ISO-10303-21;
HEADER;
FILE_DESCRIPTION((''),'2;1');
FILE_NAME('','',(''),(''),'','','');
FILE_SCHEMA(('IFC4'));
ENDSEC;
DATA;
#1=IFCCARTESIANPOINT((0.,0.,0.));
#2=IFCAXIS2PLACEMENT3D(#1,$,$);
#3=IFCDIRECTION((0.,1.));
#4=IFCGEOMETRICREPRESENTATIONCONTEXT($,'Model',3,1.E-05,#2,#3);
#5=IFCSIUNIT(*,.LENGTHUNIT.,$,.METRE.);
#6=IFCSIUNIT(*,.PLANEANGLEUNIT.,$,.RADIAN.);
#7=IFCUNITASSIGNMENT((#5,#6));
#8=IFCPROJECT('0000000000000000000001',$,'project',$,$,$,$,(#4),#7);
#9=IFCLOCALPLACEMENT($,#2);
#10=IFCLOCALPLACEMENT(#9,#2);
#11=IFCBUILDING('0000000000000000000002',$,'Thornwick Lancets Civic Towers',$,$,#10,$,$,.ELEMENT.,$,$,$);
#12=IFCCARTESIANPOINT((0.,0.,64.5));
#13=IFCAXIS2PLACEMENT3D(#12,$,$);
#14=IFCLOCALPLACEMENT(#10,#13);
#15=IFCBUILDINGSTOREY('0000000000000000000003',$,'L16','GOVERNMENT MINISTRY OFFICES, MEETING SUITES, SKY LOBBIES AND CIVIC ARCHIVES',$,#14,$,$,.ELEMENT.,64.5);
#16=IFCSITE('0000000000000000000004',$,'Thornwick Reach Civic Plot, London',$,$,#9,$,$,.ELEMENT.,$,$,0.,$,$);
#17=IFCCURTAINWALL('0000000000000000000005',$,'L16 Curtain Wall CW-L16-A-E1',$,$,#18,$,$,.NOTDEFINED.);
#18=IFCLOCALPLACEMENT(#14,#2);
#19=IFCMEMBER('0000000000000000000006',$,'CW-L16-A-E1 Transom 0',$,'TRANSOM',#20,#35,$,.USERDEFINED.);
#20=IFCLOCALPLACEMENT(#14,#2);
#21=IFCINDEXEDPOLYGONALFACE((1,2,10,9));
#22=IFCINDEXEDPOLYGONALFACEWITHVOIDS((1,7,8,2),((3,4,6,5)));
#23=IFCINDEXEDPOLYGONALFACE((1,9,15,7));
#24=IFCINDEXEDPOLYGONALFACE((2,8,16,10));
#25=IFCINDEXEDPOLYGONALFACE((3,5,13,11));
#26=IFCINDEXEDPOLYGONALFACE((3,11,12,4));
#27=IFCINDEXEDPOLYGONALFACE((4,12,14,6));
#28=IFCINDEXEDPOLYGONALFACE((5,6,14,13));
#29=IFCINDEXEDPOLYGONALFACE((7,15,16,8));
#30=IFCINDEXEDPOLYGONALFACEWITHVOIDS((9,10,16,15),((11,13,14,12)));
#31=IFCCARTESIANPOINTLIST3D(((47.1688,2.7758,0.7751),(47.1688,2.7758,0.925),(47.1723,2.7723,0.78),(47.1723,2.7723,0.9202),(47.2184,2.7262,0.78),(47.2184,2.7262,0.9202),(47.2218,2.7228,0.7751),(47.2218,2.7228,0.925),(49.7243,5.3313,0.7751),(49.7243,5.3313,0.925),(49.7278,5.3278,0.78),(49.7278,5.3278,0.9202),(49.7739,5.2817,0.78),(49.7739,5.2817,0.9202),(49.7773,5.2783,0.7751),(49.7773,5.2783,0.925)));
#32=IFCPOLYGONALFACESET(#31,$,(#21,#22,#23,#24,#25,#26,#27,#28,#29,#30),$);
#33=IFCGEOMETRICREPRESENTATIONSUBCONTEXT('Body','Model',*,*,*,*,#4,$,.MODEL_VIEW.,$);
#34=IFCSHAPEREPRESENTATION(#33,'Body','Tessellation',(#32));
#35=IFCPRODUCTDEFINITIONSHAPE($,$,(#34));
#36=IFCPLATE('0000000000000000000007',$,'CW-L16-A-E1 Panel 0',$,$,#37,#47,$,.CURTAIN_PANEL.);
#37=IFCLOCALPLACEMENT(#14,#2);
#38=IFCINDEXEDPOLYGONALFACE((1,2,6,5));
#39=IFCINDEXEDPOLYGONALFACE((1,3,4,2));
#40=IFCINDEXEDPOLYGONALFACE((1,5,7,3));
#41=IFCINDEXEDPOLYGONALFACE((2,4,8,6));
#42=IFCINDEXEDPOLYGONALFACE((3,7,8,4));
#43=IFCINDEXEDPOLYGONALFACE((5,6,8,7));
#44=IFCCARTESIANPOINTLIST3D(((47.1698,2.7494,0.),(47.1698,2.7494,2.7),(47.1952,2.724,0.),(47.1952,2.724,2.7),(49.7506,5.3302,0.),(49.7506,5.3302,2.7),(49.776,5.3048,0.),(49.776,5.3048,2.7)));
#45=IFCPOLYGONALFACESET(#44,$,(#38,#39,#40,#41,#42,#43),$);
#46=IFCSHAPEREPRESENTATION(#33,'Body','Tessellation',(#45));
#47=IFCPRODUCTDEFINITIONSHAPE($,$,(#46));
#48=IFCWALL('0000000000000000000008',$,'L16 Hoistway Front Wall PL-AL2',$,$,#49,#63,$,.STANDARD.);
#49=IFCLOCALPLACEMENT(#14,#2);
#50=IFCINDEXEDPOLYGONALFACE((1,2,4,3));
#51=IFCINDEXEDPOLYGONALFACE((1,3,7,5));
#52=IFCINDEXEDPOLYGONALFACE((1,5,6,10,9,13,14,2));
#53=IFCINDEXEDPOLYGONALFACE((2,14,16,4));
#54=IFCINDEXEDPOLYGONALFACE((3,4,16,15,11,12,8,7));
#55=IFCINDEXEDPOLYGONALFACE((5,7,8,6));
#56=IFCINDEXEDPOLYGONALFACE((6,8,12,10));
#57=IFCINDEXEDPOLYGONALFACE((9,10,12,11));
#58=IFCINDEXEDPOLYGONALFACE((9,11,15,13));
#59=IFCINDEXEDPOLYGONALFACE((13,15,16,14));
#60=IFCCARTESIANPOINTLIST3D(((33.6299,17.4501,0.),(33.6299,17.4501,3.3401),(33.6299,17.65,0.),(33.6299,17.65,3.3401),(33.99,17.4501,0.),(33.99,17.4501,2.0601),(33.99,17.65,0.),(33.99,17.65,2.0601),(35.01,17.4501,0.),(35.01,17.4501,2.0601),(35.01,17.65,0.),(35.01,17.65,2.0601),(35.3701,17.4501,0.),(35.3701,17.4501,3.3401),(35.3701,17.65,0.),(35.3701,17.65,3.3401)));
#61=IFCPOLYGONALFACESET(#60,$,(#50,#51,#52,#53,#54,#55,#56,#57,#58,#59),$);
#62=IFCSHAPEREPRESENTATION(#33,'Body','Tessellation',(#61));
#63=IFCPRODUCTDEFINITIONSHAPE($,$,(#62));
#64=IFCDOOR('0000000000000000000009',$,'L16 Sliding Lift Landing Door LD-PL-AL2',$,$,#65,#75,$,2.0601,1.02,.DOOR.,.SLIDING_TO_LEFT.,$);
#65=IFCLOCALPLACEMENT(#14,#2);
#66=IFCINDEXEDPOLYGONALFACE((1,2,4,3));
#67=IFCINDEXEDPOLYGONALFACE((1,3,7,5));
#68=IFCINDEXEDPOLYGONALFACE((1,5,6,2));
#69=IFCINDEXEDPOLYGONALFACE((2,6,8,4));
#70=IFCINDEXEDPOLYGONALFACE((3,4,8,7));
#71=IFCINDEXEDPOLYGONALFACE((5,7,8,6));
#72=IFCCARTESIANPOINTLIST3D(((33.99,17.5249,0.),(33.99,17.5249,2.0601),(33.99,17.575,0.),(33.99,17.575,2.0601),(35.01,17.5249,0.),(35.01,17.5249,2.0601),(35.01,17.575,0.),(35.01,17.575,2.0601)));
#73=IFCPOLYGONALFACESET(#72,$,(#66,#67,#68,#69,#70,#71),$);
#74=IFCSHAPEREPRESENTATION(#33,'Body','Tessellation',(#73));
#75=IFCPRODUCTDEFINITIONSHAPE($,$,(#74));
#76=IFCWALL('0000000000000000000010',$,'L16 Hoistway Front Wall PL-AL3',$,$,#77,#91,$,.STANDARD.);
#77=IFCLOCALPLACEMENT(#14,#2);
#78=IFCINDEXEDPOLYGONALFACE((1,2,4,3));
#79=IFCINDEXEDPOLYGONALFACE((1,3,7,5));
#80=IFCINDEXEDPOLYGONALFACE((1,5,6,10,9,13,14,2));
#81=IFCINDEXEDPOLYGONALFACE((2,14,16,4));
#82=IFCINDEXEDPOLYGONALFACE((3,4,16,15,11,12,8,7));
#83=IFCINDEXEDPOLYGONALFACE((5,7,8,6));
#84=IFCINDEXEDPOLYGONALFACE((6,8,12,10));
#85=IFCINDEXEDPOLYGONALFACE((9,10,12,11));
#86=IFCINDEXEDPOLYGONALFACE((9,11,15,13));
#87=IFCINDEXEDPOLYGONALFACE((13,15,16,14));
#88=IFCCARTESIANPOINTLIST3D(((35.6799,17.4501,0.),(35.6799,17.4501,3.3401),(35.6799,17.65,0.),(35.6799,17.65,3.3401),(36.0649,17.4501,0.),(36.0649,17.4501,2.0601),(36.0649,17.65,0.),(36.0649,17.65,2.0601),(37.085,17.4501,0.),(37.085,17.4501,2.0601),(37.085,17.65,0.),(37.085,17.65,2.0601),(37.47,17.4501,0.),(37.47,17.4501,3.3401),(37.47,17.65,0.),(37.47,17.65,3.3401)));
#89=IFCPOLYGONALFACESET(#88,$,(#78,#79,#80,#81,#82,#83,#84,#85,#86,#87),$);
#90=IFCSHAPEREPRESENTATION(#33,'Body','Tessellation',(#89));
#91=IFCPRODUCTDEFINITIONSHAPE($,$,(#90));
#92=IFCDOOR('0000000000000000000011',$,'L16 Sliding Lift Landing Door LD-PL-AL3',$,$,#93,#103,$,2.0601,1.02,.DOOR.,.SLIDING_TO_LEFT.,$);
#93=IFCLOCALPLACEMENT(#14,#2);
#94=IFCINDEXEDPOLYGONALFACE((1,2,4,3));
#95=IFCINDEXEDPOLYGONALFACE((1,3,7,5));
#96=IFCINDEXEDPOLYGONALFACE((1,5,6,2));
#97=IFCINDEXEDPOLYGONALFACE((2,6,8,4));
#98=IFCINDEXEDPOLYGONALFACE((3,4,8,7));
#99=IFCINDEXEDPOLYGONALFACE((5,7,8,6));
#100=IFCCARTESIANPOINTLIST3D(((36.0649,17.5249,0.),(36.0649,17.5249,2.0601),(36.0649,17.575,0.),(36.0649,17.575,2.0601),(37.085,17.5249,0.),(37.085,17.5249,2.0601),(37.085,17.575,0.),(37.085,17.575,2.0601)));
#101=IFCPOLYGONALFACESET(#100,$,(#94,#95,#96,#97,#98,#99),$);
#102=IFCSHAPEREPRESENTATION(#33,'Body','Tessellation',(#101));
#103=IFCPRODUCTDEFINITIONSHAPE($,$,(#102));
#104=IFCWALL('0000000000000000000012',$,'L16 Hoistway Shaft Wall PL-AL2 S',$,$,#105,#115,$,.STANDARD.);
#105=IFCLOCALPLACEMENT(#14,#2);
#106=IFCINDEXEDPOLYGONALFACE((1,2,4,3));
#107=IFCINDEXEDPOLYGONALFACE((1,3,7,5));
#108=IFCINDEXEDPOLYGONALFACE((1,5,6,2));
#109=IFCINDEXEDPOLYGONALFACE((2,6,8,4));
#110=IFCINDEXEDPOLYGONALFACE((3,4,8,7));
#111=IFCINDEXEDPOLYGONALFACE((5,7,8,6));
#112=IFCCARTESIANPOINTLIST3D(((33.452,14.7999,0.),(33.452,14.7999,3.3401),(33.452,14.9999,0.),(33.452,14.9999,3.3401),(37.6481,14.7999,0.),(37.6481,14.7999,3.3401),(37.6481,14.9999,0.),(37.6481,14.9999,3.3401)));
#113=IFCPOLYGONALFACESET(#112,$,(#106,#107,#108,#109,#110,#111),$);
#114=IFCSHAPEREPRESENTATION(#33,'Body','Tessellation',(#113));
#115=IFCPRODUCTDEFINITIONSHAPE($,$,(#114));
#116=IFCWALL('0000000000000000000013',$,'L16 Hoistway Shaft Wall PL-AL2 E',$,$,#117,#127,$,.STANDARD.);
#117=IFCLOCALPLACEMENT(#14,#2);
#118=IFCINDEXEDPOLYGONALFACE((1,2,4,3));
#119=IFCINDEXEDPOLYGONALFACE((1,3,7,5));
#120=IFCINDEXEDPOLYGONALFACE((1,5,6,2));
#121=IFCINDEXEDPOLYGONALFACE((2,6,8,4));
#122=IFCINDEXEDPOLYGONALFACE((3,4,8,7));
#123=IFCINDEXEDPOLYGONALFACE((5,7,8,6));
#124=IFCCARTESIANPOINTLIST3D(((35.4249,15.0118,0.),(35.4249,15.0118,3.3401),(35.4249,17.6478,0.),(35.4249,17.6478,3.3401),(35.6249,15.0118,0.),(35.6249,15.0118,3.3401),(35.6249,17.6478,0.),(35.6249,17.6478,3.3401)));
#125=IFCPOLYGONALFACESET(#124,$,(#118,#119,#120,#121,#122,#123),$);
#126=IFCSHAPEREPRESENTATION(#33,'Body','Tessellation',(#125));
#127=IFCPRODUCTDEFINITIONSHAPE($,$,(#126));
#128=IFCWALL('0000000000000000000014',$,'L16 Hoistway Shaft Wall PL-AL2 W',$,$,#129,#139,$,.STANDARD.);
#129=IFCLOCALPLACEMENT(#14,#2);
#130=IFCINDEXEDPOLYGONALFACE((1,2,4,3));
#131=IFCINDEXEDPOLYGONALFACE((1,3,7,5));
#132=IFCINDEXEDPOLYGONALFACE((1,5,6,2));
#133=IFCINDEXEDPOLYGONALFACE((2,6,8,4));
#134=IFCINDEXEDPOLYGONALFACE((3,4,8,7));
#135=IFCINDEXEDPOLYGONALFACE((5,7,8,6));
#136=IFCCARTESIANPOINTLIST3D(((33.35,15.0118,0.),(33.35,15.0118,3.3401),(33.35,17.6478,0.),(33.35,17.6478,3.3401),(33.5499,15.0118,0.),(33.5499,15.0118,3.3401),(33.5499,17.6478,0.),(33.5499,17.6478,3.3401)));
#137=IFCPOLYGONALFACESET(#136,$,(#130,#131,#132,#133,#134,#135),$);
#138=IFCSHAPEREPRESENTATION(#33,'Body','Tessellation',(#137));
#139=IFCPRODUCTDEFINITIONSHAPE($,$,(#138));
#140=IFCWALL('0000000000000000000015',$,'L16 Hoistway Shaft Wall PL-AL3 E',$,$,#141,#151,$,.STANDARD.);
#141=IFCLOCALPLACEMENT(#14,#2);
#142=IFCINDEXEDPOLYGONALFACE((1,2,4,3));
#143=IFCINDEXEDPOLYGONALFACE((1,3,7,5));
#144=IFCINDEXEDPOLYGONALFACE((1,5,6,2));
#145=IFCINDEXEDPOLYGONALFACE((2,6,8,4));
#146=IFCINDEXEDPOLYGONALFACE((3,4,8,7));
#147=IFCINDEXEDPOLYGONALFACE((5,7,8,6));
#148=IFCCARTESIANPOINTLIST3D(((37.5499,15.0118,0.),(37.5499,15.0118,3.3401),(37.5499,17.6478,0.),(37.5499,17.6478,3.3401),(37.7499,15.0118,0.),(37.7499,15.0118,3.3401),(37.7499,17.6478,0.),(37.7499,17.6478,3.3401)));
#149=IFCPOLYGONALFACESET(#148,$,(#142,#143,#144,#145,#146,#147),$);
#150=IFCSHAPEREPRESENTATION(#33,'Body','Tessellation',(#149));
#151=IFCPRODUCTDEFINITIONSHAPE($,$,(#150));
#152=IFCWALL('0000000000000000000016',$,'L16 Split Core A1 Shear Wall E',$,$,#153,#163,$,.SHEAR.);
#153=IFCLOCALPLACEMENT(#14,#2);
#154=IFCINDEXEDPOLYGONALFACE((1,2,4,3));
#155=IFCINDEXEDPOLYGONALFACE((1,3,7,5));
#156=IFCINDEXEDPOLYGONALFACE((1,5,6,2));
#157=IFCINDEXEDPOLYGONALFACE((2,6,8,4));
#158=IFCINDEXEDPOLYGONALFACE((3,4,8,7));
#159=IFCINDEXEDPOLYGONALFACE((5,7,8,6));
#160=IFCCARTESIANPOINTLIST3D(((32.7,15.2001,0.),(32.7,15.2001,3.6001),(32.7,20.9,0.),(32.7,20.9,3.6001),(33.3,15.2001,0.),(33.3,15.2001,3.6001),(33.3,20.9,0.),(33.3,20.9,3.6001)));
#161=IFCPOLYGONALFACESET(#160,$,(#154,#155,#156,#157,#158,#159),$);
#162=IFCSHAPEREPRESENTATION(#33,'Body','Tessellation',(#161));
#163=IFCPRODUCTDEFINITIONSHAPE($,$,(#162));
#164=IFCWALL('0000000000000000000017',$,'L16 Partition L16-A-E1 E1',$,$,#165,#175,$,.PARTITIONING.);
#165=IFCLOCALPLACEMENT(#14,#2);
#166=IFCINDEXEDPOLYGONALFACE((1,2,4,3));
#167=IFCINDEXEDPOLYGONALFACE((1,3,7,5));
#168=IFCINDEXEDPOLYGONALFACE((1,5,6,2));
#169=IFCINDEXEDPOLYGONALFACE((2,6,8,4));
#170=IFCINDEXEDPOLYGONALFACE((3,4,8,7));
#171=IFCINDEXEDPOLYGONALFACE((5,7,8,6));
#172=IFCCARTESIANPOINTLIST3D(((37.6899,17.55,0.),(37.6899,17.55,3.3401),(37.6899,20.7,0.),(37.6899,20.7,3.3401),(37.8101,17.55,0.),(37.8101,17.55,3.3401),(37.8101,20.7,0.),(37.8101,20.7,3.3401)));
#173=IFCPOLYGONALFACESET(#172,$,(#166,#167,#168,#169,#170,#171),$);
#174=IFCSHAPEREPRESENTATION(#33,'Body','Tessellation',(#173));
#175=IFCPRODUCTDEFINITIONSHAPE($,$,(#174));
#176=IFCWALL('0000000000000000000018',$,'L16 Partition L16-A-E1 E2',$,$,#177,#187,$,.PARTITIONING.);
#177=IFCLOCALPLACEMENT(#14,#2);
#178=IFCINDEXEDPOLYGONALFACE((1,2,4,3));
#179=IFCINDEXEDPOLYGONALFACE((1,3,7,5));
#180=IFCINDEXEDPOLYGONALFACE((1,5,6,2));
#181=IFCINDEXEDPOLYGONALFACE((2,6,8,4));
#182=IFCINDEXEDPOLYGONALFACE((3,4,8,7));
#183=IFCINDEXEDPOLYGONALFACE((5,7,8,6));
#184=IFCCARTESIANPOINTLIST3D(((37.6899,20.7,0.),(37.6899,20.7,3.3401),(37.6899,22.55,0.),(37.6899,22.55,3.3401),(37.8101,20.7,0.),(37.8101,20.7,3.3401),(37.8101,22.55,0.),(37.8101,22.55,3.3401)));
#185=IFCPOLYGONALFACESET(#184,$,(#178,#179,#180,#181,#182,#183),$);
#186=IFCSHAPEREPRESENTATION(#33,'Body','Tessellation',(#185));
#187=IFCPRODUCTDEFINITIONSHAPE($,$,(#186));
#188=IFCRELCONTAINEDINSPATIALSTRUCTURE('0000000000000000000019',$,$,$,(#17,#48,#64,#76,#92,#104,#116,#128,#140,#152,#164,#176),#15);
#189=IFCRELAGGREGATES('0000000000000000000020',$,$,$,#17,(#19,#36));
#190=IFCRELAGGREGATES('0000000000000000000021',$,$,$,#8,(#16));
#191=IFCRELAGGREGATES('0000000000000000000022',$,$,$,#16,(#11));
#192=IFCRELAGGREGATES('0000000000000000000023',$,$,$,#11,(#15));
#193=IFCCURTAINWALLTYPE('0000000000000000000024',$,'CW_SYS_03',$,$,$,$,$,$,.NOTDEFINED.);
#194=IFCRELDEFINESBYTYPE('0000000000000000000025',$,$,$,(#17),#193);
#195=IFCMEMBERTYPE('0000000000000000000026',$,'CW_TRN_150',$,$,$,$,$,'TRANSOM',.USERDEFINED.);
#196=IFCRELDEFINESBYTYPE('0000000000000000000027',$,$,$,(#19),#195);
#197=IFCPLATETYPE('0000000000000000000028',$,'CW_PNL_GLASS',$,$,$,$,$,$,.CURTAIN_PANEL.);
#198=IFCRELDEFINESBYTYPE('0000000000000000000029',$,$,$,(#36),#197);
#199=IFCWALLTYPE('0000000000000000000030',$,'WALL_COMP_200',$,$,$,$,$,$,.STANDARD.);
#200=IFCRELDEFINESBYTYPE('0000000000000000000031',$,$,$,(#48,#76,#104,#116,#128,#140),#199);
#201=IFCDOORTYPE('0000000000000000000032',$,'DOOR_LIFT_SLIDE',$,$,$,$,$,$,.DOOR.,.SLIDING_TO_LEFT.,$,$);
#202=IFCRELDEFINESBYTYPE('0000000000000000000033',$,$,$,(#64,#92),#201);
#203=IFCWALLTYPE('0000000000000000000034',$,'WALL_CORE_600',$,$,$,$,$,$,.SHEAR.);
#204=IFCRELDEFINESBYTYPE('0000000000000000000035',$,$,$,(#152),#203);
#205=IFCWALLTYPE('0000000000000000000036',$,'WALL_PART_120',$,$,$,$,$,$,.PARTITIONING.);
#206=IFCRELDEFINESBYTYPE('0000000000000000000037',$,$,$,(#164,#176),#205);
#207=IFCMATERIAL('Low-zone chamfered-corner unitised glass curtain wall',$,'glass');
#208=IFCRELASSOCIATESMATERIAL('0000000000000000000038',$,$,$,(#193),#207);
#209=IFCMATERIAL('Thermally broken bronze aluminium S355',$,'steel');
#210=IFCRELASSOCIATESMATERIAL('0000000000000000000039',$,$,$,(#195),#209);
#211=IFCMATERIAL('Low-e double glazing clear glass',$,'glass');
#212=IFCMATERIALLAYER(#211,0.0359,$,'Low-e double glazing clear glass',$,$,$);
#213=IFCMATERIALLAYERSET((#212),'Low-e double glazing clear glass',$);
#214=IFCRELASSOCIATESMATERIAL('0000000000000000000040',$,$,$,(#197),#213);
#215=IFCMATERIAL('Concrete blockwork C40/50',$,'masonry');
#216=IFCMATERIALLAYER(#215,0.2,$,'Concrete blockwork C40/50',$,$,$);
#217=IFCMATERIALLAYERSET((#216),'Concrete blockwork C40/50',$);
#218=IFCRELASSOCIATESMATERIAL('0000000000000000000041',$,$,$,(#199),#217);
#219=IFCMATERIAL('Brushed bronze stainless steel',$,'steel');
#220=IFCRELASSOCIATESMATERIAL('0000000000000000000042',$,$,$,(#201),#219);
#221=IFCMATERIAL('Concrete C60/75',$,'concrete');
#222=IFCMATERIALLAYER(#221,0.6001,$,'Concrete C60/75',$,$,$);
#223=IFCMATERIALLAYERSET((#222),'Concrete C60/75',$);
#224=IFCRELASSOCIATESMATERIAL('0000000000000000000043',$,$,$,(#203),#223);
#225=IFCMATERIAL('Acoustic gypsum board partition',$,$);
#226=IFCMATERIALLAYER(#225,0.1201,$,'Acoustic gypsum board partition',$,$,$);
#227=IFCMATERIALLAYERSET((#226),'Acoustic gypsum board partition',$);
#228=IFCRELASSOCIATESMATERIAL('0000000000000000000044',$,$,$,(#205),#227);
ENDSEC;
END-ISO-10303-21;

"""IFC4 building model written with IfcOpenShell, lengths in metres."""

from ifc_helpers import new_model, si_unit, direction, frame, frame_2d, origin, origin_2d, place, context, subcontext, project, spatial, rectangle, hollow_rectangle, extrude, material, layer, layer_set, material_profile, profile_set, type_object, element, fill, aggregate, save


model = new_model("IFC4")

# Units and contexts
model_context = context("Model", 3, precision=1e-05, world=origin(), true_north=direction((0.0, 1.0)))
body_context = subcontext(model_context, "Body", "Model", "MODEL_VIEW")
ifc_project = project(units=[si_unit("LENGTHUNIT", "METRE"), si_unit("PLANEANGLEUNIT", "RADIAN")], contexts=[model_context])

# Site, building, storey
site_placement = place(None, origin())
site = spatial("IfcSite", under=ifc_project, at=site_placement, Name="Thornwick Reach Civic Plot, London", CompositionType="ELEMENT", RefElevation=0.0)
building_placement = place(site_placement, origin())
building = spatial("IfcBuilding", under=site, at=building_placement, Name="Thornwick Lancets Civic Towers", CompositionType="ELEMENT")
storey_placement = place(building_placement, frame((0.0, 0.0, 64.5)))
storey = spatial("IfcBuildingStorey", under=building, at=storey_placement, Name="L16", Description="GOVERNMENT MINISTRY OFFICES, MEETING SUITES, SKY LOBBIES AND CIVIC ARCHIVES", CompositionType="ELEMENT", Elevation=64.5)

# Shared definitions
ifc_material_1 = material(Name="Concrete C60/75", Category="concrete")

# Curtain wall, member, plate
ifc_material_2 = material(Name="Low-zone chamfered-corner unitised glass curtain wall", Category="glass")
curtain_wall_type = type_object("IfcCurtainWallType", Name="CW_SYS_03", PredefinedType="NOTDEFINED", material=ifc_material_2)
curtain_wall_placement = place(storey_placement, origin())
curtain_wall = element("IfcCurtainWall", 1, at=curtain_wall_placement, inside=storey, type_object=curtain_wall_type, Name="L16 Curtain Wall CW-L16-A-E1", PredefinedType="NOTDEFINED")
ifc_material_3 = material(Name="Thermally broken bronze aluminium S355", Category="steel")
ifc_material_profile_1 = material_profile(ifc_material_3, hollow_rectangle(XDim=0.075, YDim=0.1499, WallThickness=0.0049, at=origin_2d()), Name="RHS 150x75x5")
ifc_profile_set_1 = profile_set([ifc_material_profile_1], Name="Thermally broken bronze aluminium S355")
member_type_1 = type_object("IfcMemberType", Name="CW_TRN_150", ElementType="TRANSOM", PredefinedType="USERDEFINED", material=ifc_profile_set_1)
member_1_placement = place(storey_placement, frame((47.1953, 2.7493, 0.8501), z_axis=(0.707107, 0.707107, 0.0), x_axis=(-0.707107, 0.707107, 0.0)))
member_1 = element("IfcMember", 2, at=member_1_placement, type_object=member_type_1, Name="CW-L16-A-E1 Transom 0", ObjectType="TRANSOM", PredefinedType="USERDEFINED", context=body_context, shape_type="SweptSolid", body=[
    extrude(hollow_rectangle(XDim=0.075, YDim=0.1499, WallThickness=0.0049, at=origin_2d()), origin(), (0.0, 0.0, 1.0), 3.614),
])
ifc_material_4 = material(Name="Low-e double glazing clear glass", Category="glass")
ifc_layer_1 = layer(ifc_material_4, 0.0359, Name="Low-e double glazing clear glass")
ifc_layer_set_1 = layer_set([ifc_layer_1], Name="Low-e double glazing clear glass")
plate_type = type_object("IfcPlateType", Name="CW_PNL_GLASS", PredefinedType="CURTAIN_PANEL", material=ifc_layer_set_1)
plate_placement = place(storey_placement, frame((48.4729, 4.0271, 0.0), z_axis=(0.0, 0.0, 1.0), x_axis=(0.707107, 0.707107, 0.0)))
plate = element("IfcPlate", 3, at=plate_placement, type_object=plate_type, Name="CW-L16-A-E1 Panel 0", PredefinedType="CURTAIN_PANEL", context=body_context, shape_type="SweptSolid", body=[
    extrude(rectangle(XDim=3.6499, YDim=0.0359, at=origin_2d()), origin(), (0.0, 0.0, 1.0), 2.7),
])
aggregate(curtain_wall, [member_1, plate])

# Walls, openings, doors
ifc_material_5 = material(Name="Concrete blockwork C40/50", Category="masonry")
ifc_layer_2 = layer(ifc_material_5, 0.2, Name="Concrete blockwork C40/50")
ifc_layer_set_2 = layer_set([ifc_layer_2], Name="Concrete blockwork C40/50")
wall_type_1 = type_object("IfcWallType", Name="WALL_COMP_200", PredefinedType="STANDARD", material=ifc_layer_set_2)
wall_1_placement = place(storey_placement, frame((33.6299, 17.55, 0.0), z_axis=(0.0, 0.0, 1.0), x_axis=(1.0, 0.0, 0.0)))
wall_1 = element("IfcWall", 4, at=wall_1_placement, inside=storey, type_object=wall_type_1, Name="L16 Hoistway Front Wall PL-AL2", PredefinedType="STANDARD", context=body_context, shape_type="SweptSolid", body=[
    extrude(rectangle(XDim=1.7402, YDim=0.2, at=frame_2d((0.8701, 0.0))), origin(), (0.0, 0.0, 1.0), 3.3401),
])
opening_1_placement = place(wall_1_placement, frame((0.3601, 0.0, 0.0)))
opening_1 = element("IfcOpeningElement", 5, at=opening_1_placement, cuts=wall_1, PredefinedType="OPENING", context=body_context, shape_type="SweptSolid", body=[
    extrude(rectangle(XDim=1.02, YDim=2.0601, at=frame_2d((0.51, 1.03))), frame((0.0, 0.1099, 0.0), z_axis=(0.0, -1.0, 0.0), x_axis=(1.0, 0.0, 0.0)), (0.0, 0.0, 1.0), 0.22),
])
ifc_material_6 = material(Name="Brushed bronze stainless steel", Category="steel")
door_type_1 = type_object("IfcDoorType", Name="DOOR_LIFT_SLIDE", OperationType="SLIDING_TO_LEFT", PredefinedType="DOOR", material=ifc_material_6)
door_1_placement = place(opening_1_placement, origin())
door_1 = element("IfcDoor", 6, at=door_1_placement, inside=storey, type_object=door_type_1, Name="L16 Sliding Lift Landing Door LD-PL-AL2", OperationType="SLIDING_TO_LEFT", OverallHeight=2.0601, OverallWidth=1.02, PredefinedType="DOOR", context=body_context, shape_type="SweptSolid", body=[
    extrude(rectangle(XDim=1.02, YDim=2.0601, at=frame_2d((0.51, 1.03))), frame((0.0, 0.0249, 0.0), z_axis=(0.0, -1.0, 0.0), x_axis=(1.0, 0.0, 0.0)), (0.0, 0.0, 1.0), 0.05),
])
fill(opening_1, door_1)
wall_2_placement = place(storey_placement, frame((35.6799, 17.55, 0.0), z_axis=(0.0, 0.0, 1.0), x_axis=(1.0, 0.0, 0.0)))
wall_2 = element("IfcWall", 7, at=wall_2_placement, inside=storey, type_object=wall_type_1, Name="L16 Hoistway Front Wall PL-AL3", PredefinedType="STANDARD", context=body_context, shape_type="SweptSolid", body=[
    extrude(rectangle(XDim=1.79, YDim=0.2, at=frame_2d((0.895, 0.0))), origin(), (0.0, 0.0, 1.0), 3.3401),
])
opening_2_placement = place(wall_2_placement, frame((0.385, 0.0, 0.0)))
opening_2 = element("IfcOpeningElement", 8, at=opening_2_placement, cuts=wall_2, PredefinedType="OPENING", context=body_context, shape_type="SweptSolid", body=[
    extrude(rectangle(XDim=1.02, YDim=2.0601, at=frame_2d((0.51, 1.03))), frame((0.0, 0.1099, 0.0), z_axis=(0.0, -1.0, 0.0), x_axis=(1.0, 0.0, 0.0)), (0.0, 0.0, 1.0), 0.22),
])
door_2_placement = place(opening_2_placement, origin())
door_2 = element("IfcDoor", 9, at=door_2_placement, inside=storey, type_object=door_type_1, Name="L16 Sliding Lift Landing Door LD-PL-AL3", OperationType="SLIDING_TO_LEFT", OverallHeight=2.0601, OverallWidth=1.02, PredefinedType="DOOR", context=body_context, shape_type="SweptSolid", body=[
    extrude(rectangle(XDim=1.02, YDim=2.0601, at=frame_2d((0.51, 1.03))), frame((0.0, 0.0249, 0.0), z_axis=(0.0, -1.0, 0.0), x_axis=(1.0, 0.0, 0.0)), (0.0, 0.0, 1.0), 0.05),
])
fill(opening_2, door_2)

# Walls
wall_3_placement = place(storey_placement, frame((33.4519, 14.8999, 0.0), z_axis=(0.0, 0.0, 1.0), x_axis=(1.0, 0.0, 0.0)))
element("IfcWall", 10, at=wall_3_placement, inside=storey, type_object=wall_type_1, Name="L16 Hoistway Shaft Wall PL-AL2 S", PredefinedType="STANDARD", context=body_context, shape_type="SweptSolid", body=[
    extrude(rectangle(XDim=4.196, YDim=0.2, at=frame_2d((2.0981, 0.0))), origin(), (0.0, 0.0, 1.0), 3.3401),
])
for number, where, z_axis, x_axis, name in (
    (11, (35.5249, 15.012, 0.0), (0.0, 0.0, 1.0), (0.0, 1.0, 0.0), "L16 Hoistway Shaft Wall PL-AL2 E"),
    (12, (33.45, 15.012, 0.0), (0.0, 0.0, 1.0), (0.0, 1.0, 0.0), "L16 Hoistway Shaft Wall PL-AL2 W"),
    (13, (37.6499, 15.012, 0.0), (0.0, 0.0, 1.0), (0.0, 1.0, 0.0), "L16 Hoistway Shaft Wall PL-AL3 E"),
):
    element("IfcWall", number, at=place(storey_placement, frame(where, z_axis=z_axis, x_axis=x_axis)), inside=storey, type_object=wall_type_1, Name=name, PredefinedType="STANDARD", context=body_context, shape_type="SweptSolid", body=[
        extrude(rectangle(XDim=2.636, YDim=0.2, at=frame_2d((1.3179, 0.0))), origin(), (0.0, 0.0, 1.0), 3.3401),
    ])
ifc_layer_3 = layer(ifc_material_1, 0.6001, Name="Concrete C60/75")
ifc_layer_set_3 = layer_set([ifc_layer_3], Name="Concrete C60/75")
wall_type_2 = type_object("IfcWallType", Name="WALL_CORE_600", PredefinedType="SHEAR", material=ifc_layer_set_3)
wall_4_placement = place(storey_placement, frame((33.0, 15.2, 0.0), z_axis=(0.0, 0.0, 1.0), x_axis=(0.0, 1.0, 0.0)))
element("IfcWall", 14, at=wall_4_placement, inside=storey, type_object=wall_type_2, Name="L16 Split Core A1 Shear Wall E", PredefinedType="SHEAR", context=body_context, shape_type="SweptSolid", body=[
    extrude(rectangle(XDim=5.7, YDim=0.6001, at=frame_2d((2.8501, 0.0))), origin(), (0.0, 0.0, 1.0), 3.6001),
])
ifc_material_7 = material(Name="Acoustic gypsum board partition")
ifc_layer_4 = layer(ifc_material_7, 0.1201, Name="Acoustic gypsum board partition")
ifc_layer_set_4 = layer_set([ifc_layer_4], Name="Acoustic gypsum board partition")
wall_type_3 = type_object("IfcWallType", Name="WALL_PART_120", PredefinedType="PARTITIONING", material=ifc_layer_set_4)
wall_5_placement = place(storey_placement, frame((37.75, 17.55, 0.0), z_axis=(0.0, 0.0, 1.0), x_axis=(0.0, 1.0, 0.0)))
element("IfcWall", 15, at=wall_5_placement, inside=storey, type_object=wall_type_3, Name="L16 Partition L16-A-E1 E1", PredefinedType="PARTITIONING", context=body_context, shape_type="SweptSolid", body=[
    extrude(rectangle(XDim=3.1499, YDim=0.1201, at=frame_2d((1.575, 0.0))), origin(), (0.0, 0.0, 1.0), 3.3401),
])
wall_6_placement = place(storey_placement, frame((37.75, 20.7, 0.0), z_axis=(0.0, 0.0, 1.0), x_axis=(0.0, 1.0, 0.0)))
element("IfcWall", 16, at=wall_6_placement, inside=storey, type_object=wall_type_3, Name="L16 Partition L16-A-E1 E2", PredefinedType="PARTITIONING", context=body_context, shape_type="SweptSolid", body=[
    extrude(rectangle(XDim=1.8501, YDim=0.1201, at=frame_2d((0.925, 0.0))), origin(), (0.0, 0.0, 1.0), 3.3401),
])

save(model, "model.ifc")
